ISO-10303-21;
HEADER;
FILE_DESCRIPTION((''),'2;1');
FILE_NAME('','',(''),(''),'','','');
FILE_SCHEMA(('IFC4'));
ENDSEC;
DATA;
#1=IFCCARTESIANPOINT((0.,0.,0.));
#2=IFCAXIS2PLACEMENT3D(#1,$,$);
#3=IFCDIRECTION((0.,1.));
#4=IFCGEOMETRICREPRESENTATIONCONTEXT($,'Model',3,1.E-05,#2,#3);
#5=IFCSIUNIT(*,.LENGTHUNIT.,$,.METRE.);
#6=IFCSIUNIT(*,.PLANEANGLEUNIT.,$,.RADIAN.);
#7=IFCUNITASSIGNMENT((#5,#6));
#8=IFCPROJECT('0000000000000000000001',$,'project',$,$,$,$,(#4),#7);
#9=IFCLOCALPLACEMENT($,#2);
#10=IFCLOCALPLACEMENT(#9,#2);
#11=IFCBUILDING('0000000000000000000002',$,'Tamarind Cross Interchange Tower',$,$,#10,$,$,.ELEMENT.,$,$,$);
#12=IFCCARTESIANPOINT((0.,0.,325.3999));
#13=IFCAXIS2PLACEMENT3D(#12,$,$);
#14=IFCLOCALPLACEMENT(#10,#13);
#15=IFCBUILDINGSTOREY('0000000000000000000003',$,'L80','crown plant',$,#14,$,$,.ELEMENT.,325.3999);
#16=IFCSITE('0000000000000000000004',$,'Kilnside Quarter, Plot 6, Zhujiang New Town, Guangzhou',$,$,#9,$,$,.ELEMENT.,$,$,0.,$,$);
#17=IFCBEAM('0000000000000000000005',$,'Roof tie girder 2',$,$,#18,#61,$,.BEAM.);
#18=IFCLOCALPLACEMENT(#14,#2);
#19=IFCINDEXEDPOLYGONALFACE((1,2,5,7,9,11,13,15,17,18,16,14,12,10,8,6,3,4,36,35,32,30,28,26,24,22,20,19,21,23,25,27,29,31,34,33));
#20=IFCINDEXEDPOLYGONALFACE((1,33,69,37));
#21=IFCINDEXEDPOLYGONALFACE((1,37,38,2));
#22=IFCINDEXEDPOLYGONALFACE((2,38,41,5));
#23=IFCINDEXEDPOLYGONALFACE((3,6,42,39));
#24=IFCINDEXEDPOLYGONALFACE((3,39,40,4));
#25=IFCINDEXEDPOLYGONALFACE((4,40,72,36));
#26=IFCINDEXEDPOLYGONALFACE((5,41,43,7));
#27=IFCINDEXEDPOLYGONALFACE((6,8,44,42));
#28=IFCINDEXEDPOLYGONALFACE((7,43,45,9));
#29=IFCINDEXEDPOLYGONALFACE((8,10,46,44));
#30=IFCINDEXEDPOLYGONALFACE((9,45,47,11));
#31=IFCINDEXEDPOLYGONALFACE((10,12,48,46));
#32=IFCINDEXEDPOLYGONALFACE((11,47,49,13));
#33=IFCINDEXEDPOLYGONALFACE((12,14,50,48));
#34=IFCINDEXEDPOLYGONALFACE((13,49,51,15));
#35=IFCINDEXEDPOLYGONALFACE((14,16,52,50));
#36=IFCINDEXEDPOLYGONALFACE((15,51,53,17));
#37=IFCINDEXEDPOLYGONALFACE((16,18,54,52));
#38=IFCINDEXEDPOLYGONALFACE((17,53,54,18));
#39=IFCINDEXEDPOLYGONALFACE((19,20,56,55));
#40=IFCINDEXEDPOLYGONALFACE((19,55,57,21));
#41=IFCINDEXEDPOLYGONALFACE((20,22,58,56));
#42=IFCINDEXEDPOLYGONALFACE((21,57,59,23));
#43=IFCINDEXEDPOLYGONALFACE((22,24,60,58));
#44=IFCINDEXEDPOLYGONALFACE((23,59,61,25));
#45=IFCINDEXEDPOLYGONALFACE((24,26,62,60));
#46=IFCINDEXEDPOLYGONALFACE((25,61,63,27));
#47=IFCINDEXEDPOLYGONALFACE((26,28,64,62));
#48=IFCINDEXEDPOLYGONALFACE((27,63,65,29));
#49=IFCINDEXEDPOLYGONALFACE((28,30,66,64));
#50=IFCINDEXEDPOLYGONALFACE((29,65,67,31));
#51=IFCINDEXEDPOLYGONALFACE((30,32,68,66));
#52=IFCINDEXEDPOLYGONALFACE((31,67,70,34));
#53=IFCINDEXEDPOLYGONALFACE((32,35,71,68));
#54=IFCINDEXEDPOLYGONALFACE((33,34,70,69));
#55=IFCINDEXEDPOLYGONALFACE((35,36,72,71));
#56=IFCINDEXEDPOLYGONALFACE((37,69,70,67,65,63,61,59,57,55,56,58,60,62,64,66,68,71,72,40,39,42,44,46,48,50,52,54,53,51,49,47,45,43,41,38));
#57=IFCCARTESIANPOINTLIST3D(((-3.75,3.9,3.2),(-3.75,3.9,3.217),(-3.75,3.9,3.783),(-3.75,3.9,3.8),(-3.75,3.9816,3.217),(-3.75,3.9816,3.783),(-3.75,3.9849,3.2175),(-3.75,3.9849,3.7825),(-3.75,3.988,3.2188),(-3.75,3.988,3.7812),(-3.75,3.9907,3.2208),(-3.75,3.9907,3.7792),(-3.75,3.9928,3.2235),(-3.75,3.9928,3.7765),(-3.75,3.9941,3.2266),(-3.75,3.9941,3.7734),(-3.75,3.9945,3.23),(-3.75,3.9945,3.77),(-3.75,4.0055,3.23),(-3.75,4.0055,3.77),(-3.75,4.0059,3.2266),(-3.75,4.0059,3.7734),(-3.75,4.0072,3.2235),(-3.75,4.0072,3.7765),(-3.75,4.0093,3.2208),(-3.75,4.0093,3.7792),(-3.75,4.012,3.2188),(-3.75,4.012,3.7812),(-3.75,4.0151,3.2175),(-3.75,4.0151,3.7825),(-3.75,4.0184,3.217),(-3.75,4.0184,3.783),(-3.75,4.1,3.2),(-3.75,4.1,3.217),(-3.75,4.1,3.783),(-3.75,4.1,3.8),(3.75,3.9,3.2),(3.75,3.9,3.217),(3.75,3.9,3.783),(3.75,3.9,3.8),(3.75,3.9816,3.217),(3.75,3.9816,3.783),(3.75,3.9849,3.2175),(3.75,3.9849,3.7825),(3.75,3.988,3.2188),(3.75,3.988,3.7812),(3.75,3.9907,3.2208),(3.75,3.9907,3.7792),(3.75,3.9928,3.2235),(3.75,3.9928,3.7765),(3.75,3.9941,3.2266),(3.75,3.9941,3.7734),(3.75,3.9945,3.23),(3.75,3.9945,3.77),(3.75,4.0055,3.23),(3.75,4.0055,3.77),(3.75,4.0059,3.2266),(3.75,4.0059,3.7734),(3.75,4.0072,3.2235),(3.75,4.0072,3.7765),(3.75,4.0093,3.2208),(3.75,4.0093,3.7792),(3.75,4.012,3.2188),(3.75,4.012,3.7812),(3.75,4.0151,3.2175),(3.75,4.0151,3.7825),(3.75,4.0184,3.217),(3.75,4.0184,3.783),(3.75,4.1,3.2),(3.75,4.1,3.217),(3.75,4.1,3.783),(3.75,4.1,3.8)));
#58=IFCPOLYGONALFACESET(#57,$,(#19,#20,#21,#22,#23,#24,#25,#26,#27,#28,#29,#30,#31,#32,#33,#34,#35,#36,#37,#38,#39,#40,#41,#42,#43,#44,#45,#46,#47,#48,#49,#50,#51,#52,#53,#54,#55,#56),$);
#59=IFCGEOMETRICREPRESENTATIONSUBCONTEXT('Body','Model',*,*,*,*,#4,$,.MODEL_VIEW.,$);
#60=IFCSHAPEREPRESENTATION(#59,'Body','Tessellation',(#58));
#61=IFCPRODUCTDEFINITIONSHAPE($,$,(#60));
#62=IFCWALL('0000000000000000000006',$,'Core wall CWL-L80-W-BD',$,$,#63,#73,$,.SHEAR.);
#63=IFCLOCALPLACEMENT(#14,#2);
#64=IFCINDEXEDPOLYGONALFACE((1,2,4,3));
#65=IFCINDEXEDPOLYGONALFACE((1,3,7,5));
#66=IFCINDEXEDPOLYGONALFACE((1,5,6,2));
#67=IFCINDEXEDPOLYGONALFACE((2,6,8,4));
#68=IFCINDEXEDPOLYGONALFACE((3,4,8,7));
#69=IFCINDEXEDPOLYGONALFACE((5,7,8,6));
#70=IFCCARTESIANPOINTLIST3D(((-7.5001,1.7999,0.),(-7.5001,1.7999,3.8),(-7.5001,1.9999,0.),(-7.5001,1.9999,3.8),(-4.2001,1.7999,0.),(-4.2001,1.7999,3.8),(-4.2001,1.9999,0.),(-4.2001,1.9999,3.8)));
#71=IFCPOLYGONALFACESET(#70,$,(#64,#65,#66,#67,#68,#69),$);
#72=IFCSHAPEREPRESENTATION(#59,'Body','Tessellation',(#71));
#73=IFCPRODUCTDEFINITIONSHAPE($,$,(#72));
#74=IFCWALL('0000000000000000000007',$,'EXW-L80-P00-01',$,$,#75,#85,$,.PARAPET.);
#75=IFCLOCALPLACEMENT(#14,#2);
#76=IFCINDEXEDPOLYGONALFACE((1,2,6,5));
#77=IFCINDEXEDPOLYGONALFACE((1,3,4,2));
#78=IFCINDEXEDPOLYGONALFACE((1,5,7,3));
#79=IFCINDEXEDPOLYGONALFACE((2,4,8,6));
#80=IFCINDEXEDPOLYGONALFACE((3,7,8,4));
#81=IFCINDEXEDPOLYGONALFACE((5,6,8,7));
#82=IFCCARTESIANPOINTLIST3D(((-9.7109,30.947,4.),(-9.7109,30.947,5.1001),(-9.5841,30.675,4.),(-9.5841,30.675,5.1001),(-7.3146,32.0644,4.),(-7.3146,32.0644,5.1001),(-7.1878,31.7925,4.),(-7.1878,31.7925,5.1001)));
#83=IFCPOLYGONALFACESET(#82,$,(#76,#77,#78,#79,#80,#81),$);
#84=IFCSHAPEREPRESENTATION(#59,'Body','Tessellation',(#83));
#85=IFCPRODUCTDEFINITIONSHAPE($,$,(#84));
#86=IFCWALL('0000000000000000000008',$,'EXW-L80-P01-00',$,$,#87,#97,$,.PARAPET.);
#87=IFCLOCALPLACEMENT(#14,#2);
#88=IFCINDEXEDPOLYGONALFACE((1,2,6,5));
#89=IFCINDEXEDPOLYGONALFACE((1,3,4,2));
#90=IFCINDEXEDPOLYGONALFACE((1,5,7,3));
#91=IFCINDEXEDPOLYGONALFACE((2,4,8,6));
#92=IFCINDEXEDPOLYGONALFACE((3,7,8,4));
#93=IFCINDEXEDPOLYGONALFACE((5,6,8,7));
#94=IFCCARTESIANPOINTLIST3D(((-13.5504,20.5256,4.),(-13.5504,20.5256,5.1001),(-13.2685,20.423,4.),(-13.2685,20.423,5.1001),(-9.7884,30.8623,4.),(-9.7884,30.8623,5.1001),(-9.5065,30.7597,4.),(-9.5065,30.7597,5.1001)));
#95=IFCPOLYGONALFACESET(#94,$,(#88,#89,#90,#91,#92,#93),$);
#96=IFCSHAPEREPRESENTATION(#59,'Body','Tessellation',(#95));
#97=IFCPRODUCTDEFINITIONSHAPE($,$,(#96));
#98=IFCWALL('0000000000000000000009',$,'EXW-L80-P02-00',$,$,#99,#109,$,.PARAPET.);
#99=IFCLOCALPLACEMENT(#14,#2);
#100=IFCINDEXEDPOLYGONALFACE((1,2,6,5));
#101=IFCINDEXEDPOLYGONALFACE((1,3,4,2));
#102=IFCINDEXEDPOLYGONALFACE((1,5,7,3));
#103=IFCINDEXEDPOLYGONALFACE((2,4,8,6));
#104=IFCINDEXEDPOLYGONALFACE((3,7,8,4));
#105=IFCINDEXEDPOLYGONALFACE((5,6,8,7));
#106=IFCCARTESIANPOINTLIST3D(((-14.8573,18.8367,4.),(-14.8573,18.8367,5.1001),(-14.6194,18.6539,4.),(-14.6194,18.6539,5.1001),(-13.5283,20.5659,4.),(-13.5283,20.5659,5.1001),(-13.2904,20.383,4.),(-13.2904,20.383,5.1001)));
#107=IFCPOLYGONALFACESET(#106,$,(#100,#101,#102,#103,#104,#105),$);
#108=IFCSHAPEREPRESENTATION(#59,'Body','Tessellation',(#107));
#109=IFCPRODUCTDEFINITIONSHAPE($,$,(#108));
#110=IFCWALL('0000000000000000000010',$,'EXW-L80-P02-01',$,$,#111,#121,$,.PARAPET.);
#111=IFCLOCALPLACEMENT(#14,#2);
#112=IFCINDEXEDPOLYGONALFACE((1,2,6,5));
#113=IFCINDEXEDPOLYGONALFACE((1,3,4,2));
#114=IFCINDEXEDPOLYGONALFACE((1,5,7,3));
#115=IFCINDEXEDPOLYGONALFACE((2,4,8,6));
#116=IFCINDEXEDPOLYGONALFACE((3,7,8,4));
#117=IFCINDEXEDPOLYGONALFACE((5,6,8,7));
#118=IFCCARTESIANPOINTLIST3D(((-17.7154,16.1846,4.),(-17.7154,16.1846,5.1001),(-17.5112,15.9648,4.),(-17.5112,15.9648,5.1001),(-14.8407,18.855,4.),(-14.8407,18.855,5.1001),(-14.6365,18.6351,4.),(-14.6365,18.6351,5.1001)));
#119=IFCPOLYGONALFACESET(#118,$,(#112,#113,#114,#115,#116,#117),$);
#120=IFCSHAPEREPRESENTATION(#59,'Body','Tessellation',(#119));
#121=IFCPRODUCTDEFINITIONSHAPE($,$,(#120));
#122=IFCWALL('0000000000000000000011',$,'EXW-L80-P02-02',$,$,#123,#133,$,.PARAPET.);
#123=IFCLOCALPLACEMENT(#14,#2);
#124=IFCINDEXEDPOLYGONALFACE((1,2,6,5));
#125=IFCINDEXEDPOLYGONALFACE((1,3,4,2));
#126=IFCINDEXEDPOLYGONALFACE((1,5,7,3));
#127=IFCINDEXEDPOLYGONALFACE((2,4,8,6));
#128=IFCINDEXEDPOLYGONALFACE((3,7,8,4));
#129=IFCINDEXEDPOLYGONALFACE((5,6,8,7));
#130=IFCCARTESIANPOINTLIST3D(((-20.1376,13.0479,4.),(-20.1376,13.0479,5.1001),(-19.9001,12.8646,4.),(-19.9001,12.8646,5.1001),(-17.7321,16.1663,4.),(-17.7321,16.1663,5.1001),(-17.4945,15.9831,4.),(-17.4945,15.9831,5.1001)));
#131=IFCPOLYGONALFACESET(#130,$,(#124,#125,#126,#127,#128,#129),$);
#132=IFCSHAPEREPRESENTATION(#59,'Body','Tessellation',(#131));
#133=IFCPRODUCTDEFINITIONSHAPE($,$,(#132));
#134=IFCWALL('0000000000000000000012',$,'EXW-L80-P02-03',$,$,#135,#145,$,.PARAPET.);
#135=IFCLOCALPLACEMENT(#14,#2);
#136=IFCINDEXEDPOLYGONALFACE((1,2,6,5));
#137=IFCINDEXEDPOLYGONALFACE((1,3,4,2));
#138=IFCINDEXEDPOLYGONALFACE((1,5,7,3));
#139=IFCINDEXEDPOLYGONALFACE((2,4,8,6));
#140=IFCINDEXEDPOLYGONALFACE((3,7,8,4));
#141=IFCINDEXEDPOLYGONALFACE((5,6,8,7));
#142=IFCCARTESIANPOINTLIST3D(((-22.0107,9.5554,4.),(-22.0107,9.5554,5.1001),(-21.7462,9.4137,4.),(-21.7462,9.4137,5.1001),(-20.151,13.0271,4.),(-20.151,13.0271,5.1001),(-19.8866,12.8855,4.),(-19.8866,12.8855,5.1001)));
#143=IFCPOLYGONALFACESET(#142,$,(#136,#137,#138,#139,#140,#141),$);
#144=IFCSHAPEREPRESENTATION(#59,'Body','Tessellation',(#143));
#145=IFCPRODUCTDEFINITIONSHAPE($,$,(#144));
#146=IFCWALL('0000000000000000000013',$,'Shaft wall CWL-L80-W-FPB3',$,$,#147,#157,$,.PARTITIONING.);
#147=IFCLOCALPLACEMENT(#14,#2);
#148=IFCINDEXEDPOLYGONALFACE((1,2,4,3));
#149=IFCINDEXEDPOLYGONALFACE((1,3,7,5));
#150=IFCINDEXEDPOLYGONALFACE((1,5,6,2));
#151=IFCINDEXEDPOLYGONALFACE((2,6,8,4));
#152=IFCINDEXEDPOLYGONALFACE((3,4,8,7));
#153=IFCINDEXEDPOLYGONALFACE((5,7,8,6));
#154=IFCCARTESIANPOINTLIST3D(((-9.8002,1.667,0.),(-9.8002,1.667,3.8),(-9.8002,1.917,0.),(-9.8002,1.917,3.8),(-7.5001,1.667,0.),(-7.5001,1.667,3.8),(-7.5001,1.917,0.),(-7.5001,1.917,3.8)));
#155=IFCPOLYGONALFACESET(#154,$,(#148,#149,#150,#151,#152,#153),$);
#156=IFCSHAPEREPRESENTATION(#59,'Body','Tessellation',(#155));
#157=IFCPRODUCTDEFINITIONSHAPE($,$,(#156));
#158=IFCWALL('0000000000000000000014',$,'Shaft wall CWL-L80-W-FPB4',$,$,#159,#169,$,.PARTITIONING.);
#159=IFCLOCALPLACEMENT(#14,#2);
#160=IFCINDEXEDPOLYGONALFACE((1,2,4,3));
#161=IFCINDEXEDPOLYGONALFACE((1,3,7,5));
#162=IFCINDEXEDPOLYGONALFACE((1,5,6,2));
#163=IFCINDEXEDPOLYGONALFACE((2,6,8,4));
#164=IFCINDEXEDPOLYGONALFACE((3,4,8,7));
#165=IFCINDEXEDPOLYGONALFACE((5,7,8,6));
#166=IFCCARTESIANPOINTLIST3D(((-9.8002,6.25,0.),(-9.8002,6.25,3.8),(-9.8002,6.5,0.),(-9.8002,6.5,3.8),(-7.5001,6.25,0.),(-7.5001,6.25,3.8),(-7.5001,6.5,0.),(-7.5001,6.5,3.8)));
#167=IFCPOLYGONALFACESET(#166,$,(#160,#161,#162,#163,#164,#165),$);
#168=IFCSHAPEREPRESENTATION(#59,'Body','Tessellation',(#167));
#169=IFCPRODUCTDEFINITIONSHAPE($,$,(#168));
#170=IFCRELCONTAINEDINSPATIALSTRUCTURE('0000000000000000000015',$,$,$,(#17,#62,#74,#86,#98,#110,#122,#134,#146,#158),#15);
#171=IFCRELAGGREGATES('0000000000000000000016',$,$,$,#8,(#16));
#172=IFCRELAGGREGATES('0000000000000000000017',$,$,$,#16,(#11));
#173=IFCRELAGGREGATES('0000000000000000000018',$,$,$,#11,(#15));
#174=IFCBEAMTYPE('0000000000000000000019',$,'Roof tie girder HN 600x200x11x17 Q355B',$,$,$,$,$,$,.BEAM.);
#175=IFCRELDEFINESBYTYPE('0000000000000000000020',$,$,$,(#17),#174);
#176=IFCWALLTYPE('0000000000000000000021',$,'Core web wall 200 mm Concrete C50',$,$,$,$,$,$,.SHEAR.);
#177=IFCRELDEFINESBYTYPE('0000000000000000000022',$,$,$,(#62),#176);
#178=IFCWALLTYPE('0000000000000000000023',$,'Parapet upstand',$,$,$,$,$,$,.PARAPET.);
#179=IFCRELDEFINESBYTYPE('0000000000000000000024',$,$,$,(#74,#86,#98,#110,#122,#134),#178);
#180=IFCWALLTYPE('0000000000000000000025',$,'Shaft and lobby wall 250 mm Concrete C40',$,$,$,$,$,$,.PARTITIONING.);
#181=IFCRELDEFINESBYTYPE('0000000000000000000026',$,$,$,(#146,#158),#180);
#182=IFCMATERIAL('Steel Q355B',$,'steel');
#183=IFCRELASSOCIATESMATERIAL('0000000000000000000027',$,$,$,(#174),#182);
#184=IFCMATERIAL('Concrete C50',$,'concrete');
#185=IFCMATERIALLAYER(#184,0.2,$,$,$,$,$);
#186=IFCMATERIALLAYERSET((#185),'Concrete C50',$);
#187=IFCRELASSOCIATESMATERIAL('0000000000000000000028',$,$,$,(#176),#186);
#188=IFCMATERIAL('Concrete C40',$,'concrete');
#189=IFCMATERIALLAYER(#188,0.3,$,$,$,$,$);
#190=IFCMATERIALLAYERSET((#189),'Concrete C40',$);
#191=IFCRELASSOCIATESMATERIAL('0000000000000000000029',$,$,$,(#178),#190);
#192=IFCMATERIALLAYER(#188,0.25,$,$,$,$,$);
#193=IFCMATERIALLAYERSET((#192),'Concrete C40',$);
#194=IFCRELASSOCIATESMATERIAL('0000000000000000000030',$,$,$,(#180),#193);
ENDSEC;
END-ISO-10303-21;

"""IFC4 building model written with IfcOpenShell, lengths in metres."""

from ifc_helpers import new_model, si_unit, direction, frame, frame_2d, origin, origin_2d, place, context, subcontext, project, spatial, rectangle, i_section, extrude, material, layer, layer_set, material_profile, profile_set, type_object, element, save


model = new_model("IFC4")

# Units and contexts
model_context = context("Model", 3, precision=1e-05, world=origin(), true_north=direction((0.0, 1.0)))
body_context = subcontext(model_context, "Body", "Model", "MODEL_VIEW")
ifc_project = project(units=[si_unit("LENGTHUNIT", "METRE"), si_unit("PLANEANGLEUNIT", "RADIAN")], contexts=[model_context])

# Site, building, storey
site_placement = place(None, origin())
site = spatial("IfcSite", under=ifc_project, at=site_placement, Name="Kilnside Quarter, Plot 6, Zhujiang New Town, Guangzhou", CompositionType="ELEMENT", RefElevation=0.0)
building_placement = place(site_placement, origin())
building = spatial("IfcBuilding", under=site, at=building_placement, Name="Tamarind Cross Interchange Tower", CompositionType="ELEMENT")
storey_placement = place(building_placement, frame((0.0, 0.0, 325.3999)))
storey = spatial("IfcBuildingStorey", under=building, at=storey_placement, Name="L80", Description="crown plant", CompositionType="ELEMENT", Elevation=325.3999)

# Beam
ifc_material_1 = material(Name="Steel Q355B", Category="steel")
ifc_material_profile_1 = material_profile(ifc_material_1, i_section(OverallWidth=0.2, OverallDepth=0.6001, WebThickness=0.011, FlangeThickness=0.0171, FilletRadius=0.0129, at=origin_2d()), Name="HN 600x200x11x17")
ifc_profile_set_1 = profile_set([ifc_material_profile_1], Name="Steel Q355B")
beam_type_1 = type_object("IfcBeamType", Name="Roof tie girder HN 600x200x11x17 Q355B", PredefinedType="BEAM", material=ifc_profile_set_1)
beam_1_placement = place(storey_placement, frame((-3.75, 4.0, 3.5), z_axis=(1.0, 0.0, 0.0), x_axis=(0.0, 1.0, 0.0)))
element("IfcBeam", 1, at=beam_1_placement, inside=storey, type_object=beam_type_1, Name="Roof tie girder 2", PredefinedType="BEAM", context=body_context, shape_type="SweptSolid", body=[
    extrude(i_section(OverallWidth=0.2, OverallDepth=0.6001, WebThickness=0.011, FlangeThickness=0.0171, FilletRadius=0.0129, at=origin_2d()), origin(), (0.0, 0.0, 1.0), 7.5),
])

# Walls
ifc_material_2 = material(Name="Concrete C50", Category="concrete")
ifc_layer_1 = layer(ifc_material_2, 0.2)
ifc_layer_set_1 = layer_set([ifc_layer_1], Name="Concrete C50")
wall_type_1 = type_object("IfcWallType", Name="Core web wall 200 mm Concrete C50", PredefinedType="SHEAR", material=ifc_layer_set_1)
wall_1_placement = place(storey_placement, frame((-7.5, 1.8999, 0.0), z_axis=(0.0, 0.0, 1.0), x_axis=(1.0, 0.0, 0.0)))
element("IfcWall", 2, at=wall_1_placement, inside=storey, type_object=wall_type_1, Name="Core wall CWL-L80-W-BD", PredefinedType="SHEAR", context=body_context, shape_type="SweptSolid", body=[
    extrude(rectangle(XDim=3.3, YDim=0.2, at=frame_2d((1.6499, 0.0))), origin(), (0.0, 0.0, 1.0), 3.8),
])
ifc_material_3 = material(Name="Concrete C40", Category="concrete")
ifc_layer_2 = layer(ifc_material_3, 0.3)
ifc_layer_set_2 = layer_set([ifc_layer_2], Name="Concrete C40")
wall_type_2 = type_object("IfcWallType", Name="Parapet upstand", PredefinedType="PARAPET", material=ifc_layer_set_2)
wall_2_placement = place(storey_placement, frame((-7.2512, 31.9285, 4.0), z_axis=(0.0, 0.0, 1.0), x_axis=(-0.906301, -0.422633, 0.0)))
element("IfcWall", 3, at=wall_2_placement, inside=storey, type_object=wall_type_2, Name="EXW-L80-P00-01", PredefinedType="PARAPET", context=body_context, shape_type="SweptSolid", body=[
    extrude(rectangle(XDim=2.644, YDim=0.3, at=frame_2d((1.322, 0.0))), origin(), (0.0, 0.0, 1.0), 1.1001),
])
wall_3_placement = place(storey_placement, frame((-9.6475, 30.811, 4.0), z_axis=(0.0, 0.0, 1.0), x_axis=(-0.341998, -0.939701, 0.0)))
element("IfcWall", 4, at=wall_3_placement, inside=storey, type_object=wall_type_2, Name="EXW-L80-P01-00", PredefinedType="PARAPET", context=body_context, shape_type="SweptSolid", body=[
    extrude(rectangle(XDim=11.0, YDim=0.3, at=frame_2d((5.5, 0.0))), origin(), (0.0, 0.0, 1.0), 1.1001),
])
wall_4_placement = place(storey_placement, frame((-13.4094, 20.4744, 4.0), z_axis=(0.0, 0.0, 1.0), x_axis=(-0.609397, -0.792865, 0.0)))
element("IfcWall", 5, at=wall_4_placement, inside=storey, type_object=wall_type_2, Name="EXW-L80-P02-00", PredefinedType="PARAPET", context=body_context, shape_type="SweptSolid", body=[
    extrude(rectangle(XDim=2.1809, YDim=0.3, at=frame_2d((1.0903, 0.0))), origin(), (0.0, 0.0, 1.0), 1.1001),
])
wall_5_placement = place(storey_placement, frame((-14.7385, 18.7451, 4.0), z_axis=(0.0, 0.0, 1.0), x_axis=(-0.732667, -0.680587, 0.0)))
element("IfcWall", 6, at=wall_5_placement, inside=storey, type_object=wall_type_2, Name="EXW-L80-P02-01", PredefinedType="PARAPET", context=body_context, shape_type="SweptSolid", body=[
    extrude(rectangle(XDim=3.9236, YDim=0.3, at=frame_2d((1.9619, 0.0))), origin(), (0.0, 0.0, 1.0), 1.1001),
])
for number, where, z_axis, x_axis, name in (
    (7, (-17.6133, 16.0747, 4.0), (0.0, 0.0, 1.0), (-0.610786, -0.791796, 0.0), "EXW-L80-P02-02"),
    (8, (-20.0188, 12.9563, 4.0), (0.0, 0.0, 1.0), (-0.47218, -0.881502, 0.0), "EXW-L80-P02-03"),
):
    element("IfcWall", number, at=place(storey_placement, frame(where, z_axis=z_axis, x_axis=x_axis)), inside=storey, type_object=wall_type_2, Name=name, PredefinedType="PARAPET", context=body_context, shape_type="SweptSolid", body=[
        extrude(rectangle(XDim=3.9385, YDim=0.3, at=frame_2d((1.9692, 0.0))), origin(), (0.0, 0.0, 1.0), 1.1001),
    ])
ifc_layer_3 = layer(ifc_material_3, 0.25)
ifc_layer_set_3 = layer_set([ifc_layer_3], Name="Concrete C40")
wall_type_3 = type_object("IfcWallType", Name="Shaft and lobby wall 250 mm Concrete C40", PredefinedType="PARTITIONING", material=ifc_layer_set_3)
for number, where, z_axis, x_axis, name in (
    (9, (-9.8, 1.792, 0.0), (0.0, 0.0, 1.0), (1.0, 0.0, 0.0), "Shaft wall CWL-L80-W-FPB3"),
    (10, (-9.8, 6.375, 0.0), (0.0, 0.0, 1.0), (1.0, 0.0, 0.0), "Shaft wall CWL-L80-W-FPB4"),
):
    element("IfcWall", number, at=place(storey_placement, frame(where, z_axis=z_axis, x_axis=x_axis)), inside=storey, type_object=wall_type_3, Name=name, PredefinedType="PARTITIONING", context=body_context, shape_type="SweptSolid", body=[
        extrude(rectangle(XDim=2.3, YDim=0.25, at=frame_2d((1.1499, 0.0))), origin(), (0.0, 0.0, 1.0), 3.8),
    ])

save(model, "model.ifc")
